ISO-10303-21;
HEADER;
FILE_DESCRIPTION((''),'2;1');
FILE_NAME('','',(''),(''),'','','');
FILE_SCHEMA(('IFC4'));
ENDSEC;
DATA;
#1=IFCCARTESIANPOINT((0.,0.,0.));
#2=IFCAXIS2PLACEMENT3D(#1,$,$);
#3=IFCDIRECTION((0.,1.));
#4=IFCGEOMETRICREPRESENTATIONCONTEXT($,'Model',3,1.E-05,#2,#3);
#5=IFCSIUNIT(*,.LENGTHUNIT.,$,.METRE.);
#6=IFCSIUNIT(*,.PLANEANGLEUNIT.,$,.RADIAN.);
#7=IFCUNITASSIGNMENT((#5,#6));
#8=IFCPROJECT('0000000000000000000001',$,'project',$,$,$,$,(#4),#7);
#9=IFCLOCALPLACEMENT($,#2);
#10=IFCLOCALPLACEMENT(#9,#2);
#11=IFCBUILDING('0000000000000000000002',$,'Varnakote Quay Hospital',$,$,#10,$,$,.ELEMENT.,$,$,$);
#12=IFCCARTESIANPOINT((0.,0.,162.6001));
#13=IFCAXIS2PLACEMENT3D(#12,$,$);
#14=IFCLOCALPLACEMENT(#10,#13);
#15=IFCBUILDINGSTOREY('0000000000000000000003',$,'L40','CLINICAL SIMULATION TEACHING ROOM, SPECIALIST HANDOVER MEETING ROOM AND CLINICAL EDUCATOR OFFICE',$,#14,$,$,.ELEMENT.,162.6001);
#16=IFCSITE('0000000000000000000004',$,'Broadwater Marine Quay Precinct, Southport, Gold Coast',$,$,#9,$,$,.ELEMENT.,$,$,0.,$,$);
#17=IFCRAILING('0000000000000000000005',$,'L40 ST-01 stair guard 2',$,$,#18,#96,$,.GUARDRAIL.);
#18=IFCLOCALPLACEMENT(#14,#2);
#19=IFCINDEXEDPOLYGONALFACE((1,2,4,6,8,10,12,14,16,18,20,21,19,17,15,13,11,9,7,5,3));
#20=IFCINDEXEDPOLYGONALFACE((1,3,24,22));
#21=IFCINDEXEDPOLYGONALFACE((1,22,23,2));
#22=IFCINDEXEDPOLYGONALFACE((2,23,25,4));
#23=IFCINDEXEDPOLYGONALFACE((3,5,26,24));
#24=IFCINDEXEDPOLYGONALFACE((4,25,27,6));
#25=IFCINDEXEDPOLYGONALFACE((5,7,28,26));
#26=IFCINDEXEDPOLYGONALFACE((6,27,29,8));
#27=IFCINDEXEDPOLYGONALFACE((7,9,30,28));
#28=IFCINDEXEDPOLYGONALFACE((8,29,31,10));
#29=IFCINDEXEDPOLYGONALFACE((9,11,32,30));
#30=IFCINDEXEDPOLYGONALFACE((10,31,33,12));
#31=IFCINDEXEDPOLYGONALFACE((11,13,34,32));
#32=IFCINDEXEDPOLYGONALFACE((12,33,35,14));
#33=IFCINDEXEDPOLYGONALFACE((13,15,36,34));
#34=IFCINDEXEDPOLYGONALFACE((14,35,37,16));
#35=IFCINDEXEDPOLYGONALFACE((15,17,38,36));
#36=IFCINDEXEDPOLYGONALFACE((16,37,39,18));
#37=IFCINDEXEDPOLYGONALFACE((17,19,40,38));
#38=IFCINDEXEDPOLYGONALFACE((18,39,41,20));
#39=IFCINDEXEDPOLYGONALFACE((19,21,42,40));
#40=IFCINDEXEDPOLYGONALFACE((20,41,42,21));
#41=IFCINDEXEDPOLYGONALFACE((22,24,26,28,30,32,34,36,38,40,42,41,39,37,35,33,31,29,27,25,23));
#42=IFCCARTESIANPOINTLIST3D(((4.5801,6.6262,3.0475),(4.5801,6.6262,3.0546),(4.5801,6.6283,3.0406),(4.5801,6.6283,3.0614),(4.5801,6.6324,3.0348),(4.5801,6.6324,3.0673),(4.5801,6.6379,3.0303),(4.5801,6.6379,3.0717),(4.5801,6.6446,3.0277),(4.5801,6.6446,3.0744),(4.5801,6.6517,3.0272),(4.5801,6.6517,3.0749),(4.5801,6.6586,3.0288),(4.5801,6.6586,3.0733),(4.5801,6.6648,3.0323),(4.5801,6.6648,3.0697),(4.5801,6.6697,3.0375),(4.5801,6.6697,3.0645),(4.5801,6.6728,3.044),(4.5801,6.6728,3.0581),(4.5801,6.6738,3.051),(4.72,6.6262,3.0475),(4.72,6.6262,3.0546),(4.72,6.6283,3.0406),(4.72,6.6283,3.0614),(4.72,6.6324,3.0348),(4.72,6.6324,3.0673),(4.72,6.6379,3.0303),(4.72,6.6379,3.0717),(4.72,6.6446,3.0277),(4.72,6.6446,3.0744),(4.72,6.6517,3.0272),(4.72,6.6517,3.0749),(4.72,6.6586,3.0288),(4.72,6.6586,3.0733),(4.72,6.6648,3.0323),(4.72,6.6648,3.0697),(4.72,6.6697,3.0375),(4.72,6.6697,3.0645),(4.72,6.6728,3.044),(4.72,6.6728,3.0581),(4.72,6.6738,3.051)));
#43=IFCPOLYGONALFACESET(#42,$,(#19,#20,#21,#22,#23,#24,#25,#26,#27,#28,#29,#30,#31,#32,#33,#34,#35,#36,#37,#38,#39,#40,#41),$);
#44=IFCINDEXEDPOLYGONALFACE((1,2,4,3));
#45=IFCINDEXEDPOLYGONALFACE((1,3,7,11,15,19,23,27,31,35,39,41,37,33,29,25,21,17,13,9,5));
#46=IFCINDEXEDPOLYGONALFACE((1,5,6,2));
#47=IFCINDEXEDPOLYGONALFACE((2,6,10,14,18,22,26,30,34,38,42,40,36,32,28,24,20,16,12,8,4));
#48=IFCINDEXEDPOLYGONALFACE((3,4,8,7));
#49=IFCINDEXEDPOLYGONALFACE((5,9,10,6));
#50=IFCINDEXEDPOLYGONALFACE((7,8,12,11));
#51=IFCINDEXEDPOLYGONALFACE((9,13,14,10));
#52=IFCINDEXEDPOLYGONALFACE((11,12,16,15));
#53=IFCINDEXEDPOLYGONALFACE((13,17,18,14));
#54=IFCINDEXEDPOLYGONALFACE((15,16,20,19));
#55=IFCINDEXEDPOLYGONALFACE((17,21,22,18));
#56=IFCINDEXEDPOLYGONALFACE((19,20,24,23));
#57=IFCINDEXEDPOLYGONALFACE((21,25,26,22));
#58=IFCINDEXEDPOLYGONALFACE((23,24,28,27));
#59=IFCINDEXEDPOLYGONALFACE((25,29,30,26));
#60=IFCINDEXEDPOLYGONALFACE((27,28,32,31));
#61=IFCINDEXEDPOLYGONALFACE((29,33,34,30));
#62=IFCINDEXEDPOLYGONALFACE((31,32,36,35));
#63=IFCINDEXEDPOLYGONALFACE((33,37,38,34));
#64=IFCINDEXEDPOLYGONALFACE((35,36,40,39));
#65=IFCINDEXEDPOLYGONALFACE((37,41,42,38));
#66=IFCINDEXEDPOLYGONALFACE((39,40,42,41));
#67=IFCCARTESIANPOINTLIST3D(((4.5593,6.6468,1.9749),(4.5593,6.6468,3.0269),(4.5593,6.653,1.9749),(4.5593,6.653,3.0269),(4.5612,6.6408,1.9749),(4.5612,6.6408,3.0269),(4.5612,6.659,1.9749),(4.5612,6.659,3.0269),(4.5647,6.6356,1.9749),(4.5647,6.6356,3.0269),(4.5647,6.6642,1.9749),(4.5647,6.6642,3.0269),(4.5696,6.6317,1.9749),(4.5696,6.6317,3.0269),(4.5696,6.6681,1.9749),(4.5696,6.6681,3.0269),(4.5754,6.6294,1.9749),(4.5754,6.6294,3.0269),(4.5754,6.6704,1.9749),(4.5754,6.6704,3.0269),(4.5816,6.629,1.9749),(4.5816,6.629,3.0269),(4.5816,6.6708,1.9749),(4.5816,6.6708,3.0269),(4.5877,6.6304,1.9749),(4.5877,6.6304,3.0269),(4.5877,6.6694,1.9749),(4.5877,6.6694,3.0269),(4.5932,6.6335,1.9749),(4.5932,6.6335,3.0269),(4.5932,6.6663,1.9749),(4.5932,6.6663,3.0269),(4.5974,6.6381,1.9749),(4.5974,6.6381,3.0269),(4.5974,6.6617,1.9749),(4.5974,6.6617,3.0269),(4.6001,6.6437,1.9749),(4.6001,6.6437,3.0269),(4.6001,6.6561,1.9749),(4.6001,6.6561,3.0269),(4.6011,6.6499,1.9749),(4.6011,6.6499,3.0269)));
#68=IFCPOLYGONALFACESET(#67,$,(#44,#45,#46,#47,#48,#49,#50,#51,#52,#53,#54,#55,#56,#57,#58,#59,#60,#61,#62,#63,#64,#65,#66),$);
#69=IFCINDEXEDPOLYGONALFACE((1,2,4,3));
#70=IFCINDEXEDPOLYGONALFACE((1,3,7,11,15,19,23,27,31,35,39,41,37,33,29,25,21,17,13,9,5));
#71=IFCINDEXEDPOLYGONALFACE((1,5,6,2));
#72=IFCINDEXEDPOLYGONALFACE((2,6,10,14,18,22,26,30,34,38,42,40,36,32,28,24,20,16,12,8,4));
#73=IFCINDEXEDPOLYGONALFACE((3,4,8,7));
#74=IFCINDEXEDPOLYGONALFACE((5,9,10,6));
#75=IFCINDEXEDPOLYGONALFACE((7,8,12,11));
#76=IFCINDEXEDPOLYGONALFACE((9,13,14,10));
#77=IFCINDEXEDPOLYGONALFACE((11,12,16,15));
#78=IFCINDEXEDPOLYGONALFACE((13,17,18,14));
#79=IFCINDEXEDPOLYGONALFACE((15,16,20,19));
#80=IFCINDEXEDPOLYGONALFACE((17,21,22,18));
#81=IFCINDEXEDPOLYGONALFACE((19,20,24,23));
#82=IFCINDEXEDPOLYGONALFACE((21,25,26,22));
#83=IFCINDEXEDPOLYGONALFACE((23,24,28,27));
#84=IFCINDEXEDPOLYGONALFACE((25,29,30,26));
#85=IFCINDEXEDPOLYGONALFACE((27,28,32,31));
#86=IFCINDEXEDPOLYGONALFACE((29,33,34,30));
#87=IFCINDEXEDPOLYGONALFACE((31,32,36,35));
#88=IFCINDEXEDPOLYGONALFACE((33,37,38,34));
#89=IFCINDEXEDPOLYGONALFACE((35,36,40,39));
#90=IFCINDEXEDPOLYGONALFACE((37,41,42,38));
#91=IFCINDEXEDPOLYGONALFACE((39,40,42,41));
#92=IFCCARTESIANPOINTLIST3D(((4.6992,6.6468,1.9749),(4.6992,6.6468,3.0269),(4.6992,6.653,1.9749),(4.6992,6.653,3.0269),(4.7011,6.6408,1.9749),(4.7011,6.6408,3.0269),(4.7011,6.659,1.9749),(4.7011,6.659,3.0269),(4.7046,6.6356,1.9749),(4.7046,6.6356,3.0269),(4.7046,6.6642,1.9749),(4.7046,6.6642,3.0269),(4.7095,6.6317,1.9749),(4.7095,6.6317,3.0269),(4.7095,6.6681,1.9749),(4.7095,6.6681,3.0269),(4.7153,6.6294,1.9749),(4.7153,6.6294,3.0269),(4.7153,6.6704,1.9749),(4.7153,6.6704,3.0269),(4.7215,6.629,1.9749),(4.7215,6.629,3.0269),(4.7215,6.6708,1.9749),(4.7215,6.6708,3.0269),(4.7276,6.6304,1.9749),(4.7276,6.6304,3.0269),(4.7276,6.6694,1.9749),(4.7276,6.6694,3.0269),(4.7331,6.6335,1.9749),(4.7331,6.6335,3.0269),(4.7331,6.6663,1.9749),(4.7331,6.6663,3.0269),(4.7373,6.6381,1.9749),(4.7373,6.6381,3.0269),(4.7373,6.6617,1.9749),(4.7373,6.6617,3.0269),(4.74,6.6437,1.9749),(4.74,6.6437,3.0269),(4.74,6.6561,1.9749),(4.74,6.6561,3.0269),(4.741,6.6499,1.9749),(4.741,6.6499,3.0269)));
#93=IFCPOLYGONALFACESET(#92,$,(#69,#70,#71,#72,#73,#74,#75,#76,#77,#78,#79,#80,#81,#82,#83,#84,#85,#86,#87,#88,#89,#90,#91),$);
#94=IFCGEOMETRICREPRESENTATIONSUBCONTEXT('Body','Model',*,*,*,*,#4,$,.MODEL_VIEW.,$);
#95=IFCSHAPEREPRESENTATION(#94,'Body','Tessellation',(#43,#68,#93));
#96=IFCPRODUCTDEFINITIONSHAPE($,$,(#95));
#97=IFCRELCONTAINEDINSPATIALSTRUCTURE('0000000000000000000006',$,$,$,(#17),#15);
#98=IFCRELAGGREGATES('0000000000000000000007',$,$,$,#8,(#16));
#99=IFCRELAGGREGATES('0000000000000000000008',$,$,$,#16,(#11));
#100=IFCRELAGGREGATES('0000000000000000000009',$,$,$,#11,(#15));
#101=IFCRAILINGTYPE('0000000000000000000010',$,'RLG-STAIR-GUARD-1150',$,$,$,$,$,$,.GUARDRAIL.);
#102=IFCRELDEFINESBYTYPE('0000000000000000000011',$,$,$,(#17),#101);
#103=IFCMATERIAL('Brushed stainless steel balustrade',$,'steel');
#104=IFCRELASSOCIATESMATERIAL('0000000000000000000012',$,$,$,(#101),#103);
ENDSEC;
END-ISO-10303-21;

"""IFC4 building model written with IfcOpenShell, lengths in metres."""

from ifc_helpers import new_model, si_unit, direction, frame, origin, origin_2d, place, context, subcontext, project, spatial, circle, extrude, material, type_object, element, save


model = new_model("IFC4")

# Units and contexts
model_context = context("Model", 3, precision=1e-05, world=origin(), true_north=direction((0.0, 1.0)))
body_context = subcontext(model_context, "Body", "Model", "MODEL_VIEW")
ifc_project = project(units=[si_unit("LENGTHUNIT", "METRE"), si_unit("PLANEANGLEUNIT", "RADIAN")], contexts=[model_context])

# Site, building, storey
site_placement = place(None, origin())
site = spatial("IfcSite", under=ifc_project, at=site_placement, Name="Broadwater Marine Quay Precinct, Southport, Gold Coast", CompositionType="ELEMENT", RefElevation=0.0)
building_placement = place(site_placement, origin())
building = spatial("IfcBuilding", under=site, at=building_placement, Name="Varnakote Quay Hospital", CompositionType="ELEMENT")
storey_placement = place(building_placement, frame((0.0, 0.0, 162.6001)))
storey = spatial("IfcBuildingStorey", under=building, at=storey_placement, Name="L40", Description="CLINICAL SIMULATION TEACHING ROOM, SPECIALIST HANDOVER MEETING ROOM AND CLINICAL EDUCATOR OFFICE", CompositionType="ELEMENT", Elevation=162.6001)

# Railing
ifc_material_1 = material(Name="Brushed stainless steel balustrade", Category="steel")
railing_type_1 = type_object("IfcRailingType", Name="RLG-STAIR-GUARD-1150", PredefinedType="GUARDRAIL", material=ifc_material_1)
railing_1_placement = place(storey_placement, frame((4.5801, 6.6499, 1.9749)))
element("IfcRailing", 1, at=railing_1_placement, inside=storey, type_object=railing_type_1, Name="L40 ST-01 stair guard 2", PredefinedType="GUARDRAIL", context=body_context, shape_type="SweptSolid", body=[
    extrude(circle(Radius=0.0239, at=origin_2d()), frame((0.0, 0.0, 1.0762), z_axis=(1.0, 0.0, 0.0), x_axis=(0.0, 1.0, 0.0)), (0.0, 0.0, 1.0), 0.1399),
    extrude(circle(Radius=0.021, at=origin_2d()), origin(), (0.0, 0.0, 1.0), 1.052),
    extrude(circle(Radius=0.021, at=origin_2d()), frame((0.1399, 0.0, 0.0)), (0.0, 0.0, 1.0), 1.052),
])

save(model, "model.ifc")
